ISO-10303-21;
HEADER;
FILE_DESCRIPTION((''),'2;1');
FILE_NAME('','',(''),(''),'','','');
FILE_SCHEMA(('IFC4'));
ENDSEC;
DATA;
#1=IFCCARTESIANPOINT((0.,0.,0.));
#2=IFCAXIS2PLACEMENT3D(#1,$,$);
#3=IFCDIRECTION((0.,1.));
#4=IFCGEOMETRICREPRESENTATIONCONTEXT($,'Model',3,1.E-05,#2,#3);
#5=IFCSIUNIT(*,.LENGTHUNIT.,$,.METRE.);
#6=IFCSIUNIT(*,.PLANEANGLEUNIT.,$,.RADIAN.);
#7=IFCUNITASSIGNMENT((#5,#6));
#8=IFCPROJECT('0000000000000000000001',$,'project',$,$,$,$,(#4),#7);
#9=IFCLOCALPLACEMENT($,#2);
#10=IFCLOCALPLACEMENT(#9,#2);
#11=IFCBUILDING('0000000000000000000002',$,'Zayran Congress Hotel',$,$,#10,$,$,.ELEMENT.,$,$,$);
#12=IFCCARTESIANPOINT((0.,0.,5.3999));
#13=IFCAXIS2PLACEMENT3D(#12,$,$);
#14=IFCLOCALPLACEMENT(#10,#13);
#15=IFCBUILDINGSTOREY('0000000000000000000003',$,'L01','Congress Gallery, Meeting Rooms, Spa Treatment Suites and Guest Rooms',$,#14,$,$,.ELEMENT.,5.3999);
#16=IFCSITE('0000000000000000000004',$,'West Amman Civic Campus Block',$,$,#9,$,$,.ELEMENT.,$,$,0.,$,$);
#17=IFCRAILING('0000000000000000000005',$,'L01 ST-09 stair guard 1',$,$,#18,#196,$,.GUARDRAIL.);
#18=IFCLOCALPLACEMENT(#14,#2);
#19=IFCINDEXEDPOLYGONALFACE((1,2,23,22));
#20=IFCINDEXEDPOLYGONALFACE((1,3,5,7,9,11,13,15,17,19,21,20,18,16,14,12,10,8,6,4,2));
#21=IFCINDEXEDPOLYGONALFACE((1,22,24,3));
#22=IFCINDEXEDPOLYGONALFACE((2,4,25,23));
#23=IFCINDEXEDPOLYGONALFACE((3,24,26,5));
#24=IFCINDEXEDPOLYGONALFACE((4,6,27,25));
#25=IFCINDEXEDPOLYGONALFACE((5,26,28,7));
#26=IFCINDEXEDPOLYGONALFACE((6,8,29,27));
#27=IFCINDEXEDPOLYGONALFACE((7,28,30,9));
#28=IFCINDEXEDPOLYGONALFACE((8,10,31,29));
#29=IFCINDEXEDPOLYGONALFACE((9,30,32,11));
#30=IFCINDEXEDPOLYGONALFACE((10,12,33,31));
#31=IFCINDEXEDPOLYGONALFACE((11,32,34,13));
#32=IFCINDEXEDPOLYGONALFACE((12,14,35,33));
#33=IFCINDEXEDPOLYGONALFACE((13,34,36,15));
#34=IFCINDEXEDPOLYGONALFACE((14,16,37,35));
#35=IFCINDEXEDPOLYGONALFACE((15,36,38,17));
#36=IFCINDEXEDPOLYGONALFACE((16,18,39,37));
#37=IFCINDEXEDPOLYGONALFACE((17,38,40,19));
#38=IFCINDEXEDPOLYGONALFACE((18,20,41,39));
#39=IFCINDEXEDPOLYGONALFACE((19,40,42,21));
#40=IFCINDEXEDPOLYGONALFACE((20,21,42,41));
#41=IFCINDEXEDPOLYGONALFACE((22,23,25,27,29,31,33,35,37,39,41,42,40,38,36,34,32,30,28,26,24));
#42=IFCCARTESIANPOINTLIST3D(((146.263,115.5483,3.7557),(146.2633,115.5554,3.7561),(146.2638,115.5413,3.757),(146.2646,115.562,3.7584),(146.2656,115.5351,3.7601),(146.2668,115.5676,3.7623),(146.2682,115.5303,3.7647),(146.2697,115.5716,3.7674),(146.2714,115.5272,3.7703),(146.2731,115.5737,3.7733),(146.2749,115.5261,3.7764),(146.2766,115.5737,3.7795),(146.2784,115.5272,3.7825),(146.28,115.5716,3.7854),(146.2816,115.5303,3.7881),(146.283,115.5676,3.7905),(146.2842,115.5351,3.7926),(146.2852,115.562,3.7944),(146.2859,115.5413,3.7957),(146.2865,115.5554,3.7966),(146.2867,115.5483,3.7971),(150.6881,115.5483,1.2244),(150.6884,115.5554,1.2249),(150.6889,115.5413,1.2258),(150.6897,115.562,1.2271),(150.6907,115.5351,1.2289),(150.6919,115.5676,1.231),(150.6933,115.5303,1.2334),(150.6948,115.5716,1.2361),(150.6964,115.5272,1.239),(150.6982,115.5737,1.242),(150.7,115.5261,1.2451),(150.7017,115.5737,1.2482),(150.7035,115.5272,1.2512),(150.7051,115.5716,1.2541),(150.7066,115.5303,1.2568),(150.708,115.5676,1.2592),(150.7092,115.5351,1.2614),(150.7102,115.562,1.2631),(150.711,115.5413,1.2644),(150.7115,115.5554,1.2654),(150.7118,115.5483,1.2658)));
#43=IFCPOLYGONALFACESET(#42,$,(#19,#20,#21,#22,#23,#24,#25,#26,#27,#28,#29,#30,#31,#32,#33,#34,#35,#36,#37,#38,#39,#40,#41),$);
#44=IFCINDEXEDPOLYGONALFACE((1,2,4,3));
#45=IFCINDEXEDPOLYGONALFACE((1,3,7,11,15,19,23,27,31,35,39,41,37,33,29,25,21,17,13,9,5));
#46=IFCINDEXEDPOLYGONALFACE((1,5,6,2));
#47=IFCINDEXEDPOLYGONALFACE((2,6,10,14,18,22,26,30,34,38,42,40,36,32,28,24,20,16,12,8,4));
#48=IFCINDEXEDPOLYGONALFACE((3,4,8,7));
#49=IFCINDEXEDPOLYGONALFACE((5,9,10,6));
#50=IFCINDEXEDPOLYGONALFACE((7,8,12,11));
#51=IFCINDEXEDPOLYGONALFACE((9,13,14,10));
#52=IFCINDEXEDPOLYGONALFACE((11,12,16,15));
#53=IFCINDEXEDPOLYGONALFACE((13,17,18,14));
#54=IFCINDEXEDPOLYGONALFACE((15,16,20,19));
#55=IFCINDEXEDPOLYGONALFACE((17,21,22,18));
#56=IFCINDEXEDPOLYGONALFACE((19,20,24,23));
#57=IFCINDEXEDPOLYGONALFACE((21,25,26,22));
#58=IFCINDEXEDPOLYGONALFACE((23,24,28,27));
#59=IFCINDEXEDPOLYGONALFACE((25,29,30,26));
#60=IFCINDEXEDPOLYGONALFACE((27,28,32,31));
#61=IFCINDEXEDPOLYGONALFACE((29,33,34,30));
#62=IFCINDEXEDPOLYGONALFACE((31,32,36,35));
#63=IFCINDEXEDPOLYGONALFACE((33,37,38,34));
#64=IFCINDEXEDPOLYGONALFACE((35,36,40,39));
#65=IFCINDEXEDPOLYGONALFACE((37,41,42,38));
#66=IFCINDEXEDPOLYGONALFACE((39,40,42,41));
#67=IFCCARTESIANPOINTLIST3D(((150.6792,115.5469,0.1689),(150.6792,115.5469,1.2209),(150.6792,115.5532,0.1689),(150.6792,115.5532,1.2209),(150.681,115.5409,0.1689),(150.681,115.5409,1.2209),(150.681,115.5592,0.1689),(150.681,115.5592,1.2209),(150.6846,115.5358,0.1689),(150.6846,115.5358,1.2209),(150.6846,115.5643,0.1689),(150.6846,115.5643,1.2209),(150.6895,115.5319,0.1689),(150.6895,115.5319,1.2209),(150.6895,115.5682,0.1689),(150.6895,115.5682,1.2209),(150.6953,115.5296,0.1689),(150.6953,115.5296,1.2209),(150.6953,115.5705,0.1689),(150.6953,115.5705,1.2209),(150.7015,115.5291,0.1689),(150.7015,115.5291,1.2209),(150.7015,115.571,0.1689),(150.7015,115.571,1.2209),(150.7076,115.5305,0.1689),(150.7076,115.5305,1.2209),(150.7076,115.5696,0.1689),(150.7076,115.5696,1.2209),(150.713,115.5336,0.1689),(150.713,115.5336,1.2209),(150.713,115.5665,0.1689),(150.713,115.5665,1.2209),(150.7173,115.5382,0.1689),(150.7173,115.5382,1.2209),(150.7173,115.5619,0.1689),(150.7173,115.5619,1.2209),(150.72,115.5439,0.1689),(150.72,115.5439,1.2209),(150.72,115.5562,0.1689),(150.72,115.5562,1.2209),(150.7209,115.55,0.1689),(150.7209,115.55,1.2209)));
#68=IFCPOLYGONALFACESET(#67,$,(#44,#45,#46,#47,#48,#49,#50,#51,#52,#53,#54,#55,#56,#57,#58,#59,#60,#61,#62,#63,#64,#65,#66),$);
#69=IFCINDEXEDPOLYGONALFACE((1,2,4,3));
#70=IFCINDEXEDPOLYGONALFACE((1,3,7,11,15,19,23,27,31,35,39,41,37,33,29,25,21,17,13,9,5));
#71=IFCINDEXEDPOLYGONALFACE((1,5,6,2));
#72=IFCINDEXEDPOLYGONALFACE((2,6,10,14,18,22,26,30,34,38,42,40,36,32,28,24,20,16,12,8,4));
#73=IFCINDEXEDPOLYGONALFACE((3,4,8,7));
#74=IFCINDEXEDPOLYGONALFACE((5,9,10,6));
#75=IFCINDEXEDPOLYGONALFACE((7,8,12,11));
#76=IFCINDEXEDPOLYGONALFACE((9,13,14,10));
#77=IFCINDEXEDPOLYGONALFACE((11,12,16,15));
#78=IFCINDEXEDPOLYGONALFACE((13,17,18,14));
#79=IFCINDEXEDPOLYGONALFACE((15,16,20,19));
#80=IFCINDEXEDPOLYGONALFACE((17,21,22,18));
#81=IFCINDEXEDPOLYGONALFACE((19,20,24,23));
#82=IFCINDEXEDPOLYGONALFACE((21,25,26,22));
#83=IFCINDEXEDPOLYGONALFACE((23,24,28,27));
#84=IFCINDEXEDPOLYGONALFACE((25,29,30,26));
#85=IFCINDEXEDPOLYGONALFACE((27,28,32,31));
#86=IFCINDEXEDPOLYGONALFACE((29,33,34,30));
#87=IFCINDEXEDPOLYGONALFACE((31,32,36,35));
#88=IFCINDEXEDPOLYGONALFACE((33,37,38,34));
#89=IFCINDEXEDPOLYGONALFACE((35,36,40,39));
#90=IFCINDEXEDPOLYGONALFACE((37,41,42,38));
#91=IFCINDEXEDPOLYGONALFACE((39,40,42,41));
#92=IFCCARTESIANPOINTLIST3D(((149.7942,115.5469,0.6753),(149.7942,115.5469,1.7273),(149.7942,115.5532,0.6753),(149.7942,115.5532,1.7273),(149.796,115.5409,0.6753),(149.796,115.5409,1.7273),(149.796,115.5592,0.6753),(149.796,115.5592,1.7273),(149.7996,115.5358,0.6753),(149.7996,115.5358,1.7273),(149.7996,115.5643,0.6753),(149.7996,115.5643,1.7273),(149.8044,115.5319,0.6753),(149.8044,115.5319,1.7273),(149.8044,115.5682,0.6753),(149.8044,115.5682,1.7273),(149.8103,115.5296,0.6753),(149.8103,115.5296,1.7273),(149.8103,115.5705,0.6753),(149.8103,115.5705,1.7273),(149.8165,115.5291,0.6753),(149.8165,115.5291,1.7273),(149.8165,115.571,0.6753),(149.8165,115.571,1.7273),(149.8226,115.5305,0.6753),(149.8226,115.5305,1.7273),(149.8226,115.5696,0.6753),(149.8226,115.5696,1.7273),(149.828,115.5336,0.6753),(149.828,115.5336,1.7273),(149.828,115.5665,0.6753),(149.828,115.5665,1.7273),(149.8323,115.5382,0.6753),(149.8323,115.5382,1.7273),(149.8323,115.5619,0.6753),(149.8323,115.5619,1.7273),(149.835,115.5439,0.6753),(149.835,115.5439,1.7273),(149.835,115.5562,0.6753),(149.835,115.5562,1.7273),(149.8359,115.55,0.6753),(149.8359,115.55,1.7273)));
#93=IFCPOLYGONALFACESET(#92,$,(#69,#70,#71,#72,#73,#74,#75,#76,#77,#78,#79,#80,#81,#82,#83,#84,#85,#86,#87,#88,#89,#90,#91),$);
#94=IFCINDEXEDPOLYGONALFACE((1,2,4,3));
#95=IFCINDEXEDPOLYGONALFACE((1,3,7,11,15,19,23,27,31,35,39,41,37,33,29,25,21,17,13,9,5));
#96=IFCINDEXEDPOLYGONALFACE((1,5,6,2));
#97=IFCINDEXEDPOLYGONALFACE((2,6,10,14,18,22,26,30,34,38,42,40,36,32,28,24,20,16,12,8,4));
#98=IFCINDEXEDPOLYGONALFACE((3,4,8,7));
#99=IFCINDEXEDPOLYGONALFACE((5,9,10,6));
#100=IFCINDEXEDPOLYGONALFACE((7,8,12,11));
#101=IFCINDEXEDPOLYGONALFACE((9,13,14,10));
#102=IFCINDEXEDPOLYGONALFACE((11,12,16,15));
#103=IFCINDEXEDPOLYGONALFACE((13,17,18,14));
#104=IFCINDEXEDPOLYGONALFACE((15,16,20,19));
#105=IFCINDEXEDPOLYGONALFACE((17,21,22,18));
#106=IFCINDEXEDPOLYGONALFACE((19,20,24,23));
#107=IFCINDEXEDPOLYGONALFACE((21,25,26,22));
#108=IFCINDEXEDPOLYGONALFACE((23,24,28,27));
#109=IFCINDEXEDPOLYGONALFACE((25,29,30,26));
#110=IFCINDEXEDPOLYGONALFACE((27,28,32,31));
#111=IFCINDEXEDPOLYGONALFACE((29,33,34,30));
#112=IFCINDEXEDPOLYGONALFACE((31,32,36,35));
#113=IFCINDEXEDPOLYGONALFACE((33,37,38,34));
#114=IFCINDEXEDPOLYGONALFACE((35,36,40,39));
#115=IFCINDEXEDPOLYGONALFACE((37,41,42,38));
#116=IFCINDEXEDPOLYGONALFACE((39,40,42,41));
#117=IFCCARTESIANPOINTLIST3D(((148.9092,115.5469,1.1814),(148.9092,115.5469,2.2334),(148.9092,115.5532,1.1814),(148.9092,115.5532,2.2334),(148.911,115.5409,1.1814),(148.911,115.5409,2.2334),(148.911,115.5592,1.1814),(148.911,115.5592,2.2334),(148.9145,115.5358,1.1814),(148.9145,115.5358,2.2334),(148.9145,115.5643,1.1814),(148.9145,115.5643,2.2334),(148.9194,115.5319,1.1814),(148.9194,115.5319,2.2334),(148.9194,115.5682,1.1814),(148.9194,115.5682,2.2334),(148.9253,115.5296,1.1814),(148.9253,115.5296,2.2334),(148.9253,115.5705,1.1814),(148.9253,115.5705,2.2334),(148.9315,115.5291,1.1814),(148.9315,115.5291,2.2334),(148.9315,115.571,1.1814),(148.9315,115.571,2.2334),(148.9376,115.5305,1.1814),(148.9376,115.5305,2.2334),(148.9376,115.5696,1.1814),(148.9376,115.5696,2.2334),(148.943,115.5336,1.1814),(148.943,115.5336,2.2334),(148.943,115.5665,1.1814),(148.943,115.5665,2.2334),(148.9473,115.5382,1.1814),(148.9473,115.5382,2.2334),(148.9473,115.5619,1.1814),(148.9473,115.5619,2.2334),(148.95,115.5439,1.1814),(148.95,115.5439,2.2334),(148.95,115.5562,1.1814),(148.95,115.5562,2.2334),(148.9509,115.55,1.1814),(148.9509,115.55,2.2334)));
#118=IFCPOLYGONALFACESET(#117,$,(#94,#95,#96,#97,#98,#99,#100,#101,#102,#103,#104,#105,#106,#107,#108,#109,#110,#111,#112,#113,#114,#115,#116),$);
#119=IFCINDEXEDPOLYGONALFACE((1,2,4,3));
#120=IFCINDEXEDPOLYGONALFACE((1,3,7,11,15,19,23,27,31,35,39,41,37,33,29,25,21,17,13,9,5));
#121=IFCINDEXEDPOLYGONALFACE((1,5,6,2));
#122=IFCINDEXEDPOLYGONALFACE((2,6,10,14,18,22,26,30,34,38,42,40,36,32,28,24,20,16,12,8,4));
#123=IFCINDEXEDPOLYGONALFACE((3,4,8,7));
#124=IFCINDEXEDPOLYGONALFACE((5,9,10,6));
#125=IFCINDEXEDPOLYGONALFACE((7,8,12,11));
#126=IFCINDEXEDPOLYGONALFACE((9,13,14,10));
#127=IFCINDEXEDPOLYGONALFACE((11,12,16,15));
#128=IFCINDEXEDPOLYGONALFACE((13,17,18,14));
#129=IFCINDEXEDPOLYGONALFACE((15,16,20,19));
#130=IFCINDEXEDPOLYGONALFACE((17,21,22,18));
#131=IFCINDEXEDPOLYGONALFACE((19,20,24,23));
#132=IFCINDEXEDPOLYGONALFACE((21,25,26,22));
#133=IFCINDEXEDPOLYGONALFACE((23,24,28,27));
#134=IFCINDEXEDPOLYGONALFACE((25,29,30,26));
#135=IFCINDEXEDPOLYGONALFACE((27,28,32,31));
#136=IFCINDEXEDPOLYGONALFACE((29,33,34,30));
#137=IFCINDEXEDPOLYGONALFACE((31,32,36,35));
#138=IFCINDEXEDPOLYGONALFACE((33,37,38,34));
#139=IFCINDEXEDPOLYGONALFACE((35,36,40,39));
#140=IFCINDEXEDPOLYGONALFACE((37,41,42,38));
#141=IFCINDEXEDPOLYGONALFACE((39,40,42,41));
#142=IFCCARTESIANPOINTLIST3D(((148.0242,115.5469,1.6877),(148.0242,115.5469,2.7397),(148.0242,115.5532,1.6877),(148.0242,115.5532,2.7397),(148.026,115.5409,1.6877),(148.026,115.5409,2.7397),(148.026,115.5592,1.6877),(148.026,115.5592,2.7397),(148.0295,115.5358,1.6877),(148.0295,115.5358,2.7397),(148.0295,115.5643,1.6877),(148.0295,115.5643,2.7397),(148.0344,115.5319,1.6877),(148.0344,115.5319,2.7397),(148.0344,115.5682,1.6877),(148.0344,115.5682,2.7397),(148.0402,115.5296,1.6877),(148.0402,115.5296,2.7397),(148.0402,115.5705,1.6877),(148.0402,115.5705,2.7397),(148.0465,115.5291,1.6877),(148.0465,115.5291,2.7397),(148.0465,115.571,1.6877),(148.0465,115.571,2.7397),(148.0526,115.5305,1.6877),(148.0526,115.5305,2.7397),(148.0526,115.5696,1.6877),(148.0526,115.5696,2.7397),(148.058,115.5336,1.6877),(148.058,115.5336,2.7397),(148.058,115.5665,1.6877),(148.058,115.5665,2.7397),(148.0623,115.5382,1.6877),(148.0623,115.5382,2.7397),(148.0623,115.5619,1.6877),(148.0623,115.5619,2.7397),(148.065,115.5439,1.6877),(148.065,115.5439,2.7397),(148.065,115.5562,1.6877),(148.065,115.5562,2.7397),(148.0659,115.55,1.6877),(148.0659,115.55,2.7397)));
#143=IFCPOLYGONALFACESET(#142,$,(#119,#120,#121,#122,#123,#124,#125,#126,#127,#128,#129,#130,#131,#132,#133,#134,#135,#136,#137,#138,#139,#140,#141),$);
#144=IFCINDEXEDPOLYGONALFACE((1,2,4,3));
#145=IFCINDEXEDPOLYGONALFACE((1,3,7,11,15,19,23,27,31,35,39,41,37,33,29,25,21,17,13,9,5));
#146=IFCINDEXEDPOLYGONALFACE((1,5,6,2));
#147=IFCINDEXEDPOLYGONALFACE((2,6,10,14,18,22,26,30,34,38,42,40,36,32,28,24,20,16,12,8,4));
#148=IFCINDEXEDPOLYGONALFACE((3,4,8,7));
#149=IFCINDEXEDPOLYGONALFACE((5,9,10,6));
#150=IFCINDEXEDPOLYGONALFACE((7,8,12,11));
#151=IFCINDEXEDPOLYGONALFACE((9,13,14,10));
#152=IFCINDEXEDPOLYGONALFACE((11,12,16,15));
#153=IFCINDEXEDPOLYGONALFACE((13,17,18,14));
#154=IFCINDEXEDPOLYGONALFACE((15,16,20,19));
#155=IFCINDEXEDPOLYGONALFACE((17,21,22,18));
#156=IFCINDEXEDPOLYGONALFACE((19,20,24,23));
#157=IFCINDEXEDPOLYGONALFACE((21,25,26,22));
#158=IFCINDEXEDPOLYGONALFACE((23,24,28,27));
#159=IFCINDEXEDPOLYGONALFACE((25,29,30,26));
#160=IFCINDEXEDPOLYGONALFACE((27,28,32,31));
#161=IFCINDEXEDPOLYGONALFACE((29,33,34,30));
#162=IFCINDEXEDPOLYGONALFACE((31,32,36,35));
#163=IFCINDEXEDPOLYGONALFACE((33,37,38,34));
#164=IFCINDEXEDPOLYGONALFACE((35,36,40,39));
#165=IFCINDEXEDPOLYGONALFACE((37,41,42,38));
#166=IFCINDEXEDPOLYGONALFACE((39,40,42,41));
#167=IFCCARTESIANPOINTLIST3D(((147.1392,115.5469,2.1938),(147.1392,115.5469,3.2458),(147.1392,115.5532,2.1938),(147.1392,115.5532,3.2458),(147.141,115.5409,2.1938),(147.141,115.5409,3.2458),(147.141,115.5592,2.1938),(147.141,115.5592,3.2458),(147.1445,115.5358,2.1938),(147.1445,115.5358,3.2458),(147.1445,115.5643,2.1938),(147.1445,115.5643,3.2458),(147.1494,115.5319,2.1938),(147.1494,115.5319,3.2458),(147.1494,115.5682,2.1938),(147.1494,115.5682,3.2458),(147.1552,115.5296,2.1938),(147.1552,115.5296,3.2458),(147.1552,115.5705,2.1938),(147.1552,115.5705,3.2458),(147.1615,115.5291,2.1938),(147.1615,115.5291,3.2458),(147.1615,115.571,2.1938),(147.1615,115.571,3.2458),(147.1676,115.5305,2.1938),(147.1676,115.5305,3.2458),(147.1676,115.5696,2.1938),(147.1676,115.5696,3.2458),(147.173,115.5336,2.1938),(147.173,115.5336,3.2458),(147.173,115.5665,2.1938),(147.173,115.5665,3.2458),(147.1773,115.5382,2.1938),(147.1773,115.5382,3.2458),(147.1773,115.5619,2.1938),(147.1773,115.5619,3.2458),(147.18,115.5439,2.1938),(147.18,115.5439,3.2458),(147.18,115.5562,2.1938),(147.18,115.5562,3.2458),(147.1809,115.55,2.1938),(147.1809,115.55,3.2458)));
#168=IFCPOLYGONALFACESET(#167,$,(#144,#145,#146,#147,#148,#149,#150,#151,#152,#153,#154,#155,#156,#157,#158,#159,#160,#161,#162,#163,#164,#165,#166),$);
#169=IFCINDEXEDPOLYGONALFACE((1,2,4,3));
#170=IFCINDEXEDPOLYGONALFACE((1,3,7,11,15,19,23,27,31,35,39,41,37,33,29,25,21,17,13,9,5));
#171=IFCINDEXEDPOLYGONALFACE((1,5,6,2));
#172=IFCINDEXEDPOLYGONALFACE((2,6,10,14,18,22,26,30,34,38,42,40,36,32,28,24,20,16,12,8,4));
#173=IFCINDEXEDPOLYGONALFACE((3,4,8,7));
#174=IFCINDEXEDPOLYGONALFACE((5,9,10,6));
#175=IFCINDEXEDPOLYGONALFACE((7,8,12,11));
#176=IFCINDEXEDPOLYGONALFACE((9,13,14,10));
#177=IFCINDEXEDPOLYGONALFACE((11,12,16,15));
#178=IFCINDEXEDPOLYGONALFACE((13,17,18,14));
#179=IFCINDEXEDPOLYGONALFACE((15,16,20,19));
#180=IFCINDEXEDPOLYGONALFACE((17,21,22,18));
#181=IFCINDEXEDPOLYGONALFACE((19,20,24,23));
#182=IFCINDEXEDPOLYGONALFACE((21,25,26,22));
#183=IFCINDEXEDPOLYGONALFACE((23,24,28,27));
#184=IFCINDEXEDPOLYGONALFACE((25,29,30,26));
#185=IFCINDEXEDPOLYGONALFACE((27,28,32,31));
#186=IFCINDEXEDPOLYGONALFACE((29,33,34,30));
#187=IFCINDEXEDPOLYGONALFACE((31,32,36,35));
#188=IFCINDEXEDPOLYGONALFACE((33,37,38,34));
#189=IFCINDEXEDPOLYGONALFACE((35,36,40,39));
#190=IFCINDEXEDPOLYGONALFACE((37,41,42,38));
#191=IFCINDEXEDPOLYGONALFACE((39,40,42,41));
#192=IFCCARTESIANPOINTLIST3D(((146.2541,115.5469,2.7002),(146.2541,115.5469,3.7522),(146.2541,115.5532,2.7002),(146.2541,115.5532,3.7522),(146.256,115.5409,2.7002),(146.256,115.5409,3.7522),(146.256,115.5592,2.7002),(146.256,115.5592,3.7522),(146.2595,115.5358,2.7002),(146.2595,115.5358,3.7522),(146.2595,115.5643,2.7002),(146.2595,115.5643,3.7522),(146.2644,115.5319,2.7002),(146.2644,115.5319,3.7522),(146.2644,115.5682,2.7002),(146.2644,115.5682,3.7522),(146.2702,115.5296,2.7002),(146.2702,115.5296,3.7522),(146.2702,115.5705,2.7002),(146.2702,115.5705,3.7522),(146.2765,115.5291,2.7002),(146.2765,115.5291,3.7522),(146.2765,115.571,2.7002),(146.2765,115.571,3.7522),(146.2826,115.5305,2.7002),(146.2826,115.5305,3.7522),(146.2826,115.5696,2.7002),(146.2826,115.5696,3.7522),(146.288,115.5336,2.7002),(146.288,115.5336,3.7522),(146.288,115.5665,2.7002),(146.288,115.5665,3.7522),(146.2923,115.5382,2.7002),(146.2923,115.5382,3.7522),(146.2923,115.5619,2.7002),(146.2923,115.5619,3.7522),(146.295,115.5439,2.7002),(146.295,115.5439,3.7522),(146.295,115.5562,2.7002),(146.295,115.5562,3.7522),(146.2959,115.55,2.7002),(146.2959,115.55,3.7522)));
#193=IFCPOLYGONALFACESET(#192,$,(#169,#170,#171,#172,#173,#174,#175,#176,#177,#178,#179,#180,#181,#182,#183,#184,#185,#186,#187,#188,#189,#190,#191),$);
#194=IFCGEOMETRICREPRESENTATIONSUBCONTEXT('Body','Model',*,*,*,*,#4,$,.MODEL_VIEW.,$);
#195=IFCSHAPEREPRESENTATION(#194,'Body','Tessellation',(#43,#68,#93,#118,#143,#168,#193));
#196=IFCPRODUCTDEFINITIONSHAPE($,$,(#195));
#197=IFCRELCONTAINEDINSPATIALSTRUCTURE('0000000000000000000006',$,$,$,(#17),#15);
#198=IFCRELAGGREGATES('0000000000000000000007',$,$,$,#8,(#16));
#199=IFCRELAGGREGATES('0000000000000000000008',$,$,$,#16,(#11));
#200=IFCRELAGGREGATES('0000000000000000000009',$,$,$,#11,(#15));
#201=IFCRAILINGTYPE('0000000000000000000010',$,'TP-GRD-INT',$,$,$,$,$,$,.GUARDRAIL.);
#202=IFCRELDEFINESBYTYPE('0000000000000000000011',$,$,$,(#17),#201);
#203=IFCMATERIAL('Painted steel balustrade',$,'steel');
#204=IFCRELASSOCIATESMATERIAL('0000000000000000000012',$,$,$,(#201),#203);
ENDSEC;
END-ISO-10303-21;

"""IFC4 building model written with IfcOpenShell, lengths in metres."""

from ifc_helpers import new_model, si_unit, direction, frame, origin, origin_2d, place, context, subcontext, project, spatial, circle, extrude, material, type_object, element, save


model = new_model("IFC4")

# Units and contexts
model_context = context("Model", 3, precision=1e-05, world=origin(), true_north=direction((0.0, 1.0)))
body_context = subcontext(model_context, "Body", "Model", "MODEL_VIEW")
ifc_project = project(units=[si_unit("LENGTHUNIT", "METRE"), si_unit("PLANEANGLEUNIT", "RADIAN")], contexts=[model_context])

# Site, building, storey
site_placement = place(None, origin())
site = spatial("IfcSite", under=ifc_project, at=site_placement, Name="West Amman Civic Campus Block", CompositionType="ELEMENT", RefElevation=0.0)
building_placement = place(site_placement, origin())
building = spatial("IfcBuilding", under=site, at=building_placement, Name="Zayran Congress Hotel", CompositionType="ELEMENT")
storey_placement = place(building_placement, frame((0.0, 0.0, 5.3999)))
storey = spatial("IfcBuildingStorey", under=building, at=storey_placement, Name="L01", Description="Congress Gallery, Meeting Rooms, Spa Treatment Suites and Guest Rooms", CompositionType="ELEMENT", Elevation=5.3999)

# Railing
ifc_material_1 = material(Name="Painted steel balustrade", Category="steel")
railing_type_1 = type_object("IfcRailingType", Name="TP-GRD-INT", PredefinedType="GUARDRAIL", material=ifc_material_1)
railing_1_placement = place(storey_placement, frame((150.7, 115.55, 0.1689)))
element("IfcRailing", 1, at=railing_1_placement, inside=storey, type_object=railing_type_1, Name="L01 ST-09 stair guard 1", PredefinedType="GUARDRAIL", context=body_context, shape_type="SweptSolid", body=[
    extrude(circle(Radius=0.0239, at=origin_2d()), frame((0.0, 0.0, 1.0762), z_axis=(-0.868019, 0.0, 0.496531), x_axis=(0.0, -1.0, 0.0)), (0.0, 0.0, 1.0), 5.0979),
    extrude(circle(Radius=0.021, at=origin_2d()), origin(), (0.0, 0.0, 1.0), 1.052),
    extrude(circle(Radius=0.021, at=origin_2d()), frame((-0.885, 0.0, 0.5063)), (0.0, 0.0, 1.0), 1.052),
    extrude(circle(Radius=0.021, at=origin_2d()), frame((-1.77, 0.0, 1.0125)), (0.0, 0.0, 1.0), 1.052),
    extrude(circle(Radius=0.021, at=origin_2d()), frame((-2.655, 0.0, 1.5188)), (0.0, 0.0, 1.0), 1.052),
    extrude(circle(Radius=0.021, at=origin_2d()), frame((-3.54, 0.0, 2.0249)), (0.0, 0.0, 1.0), 1.052),
    extrude(circle(Radius=0.021, at=origin_2d()), frame((-4.425, 0.0, 2.5312)), (0.0, 0.0, 1.0), 1.052),
])

save(model, "model.ifc")
